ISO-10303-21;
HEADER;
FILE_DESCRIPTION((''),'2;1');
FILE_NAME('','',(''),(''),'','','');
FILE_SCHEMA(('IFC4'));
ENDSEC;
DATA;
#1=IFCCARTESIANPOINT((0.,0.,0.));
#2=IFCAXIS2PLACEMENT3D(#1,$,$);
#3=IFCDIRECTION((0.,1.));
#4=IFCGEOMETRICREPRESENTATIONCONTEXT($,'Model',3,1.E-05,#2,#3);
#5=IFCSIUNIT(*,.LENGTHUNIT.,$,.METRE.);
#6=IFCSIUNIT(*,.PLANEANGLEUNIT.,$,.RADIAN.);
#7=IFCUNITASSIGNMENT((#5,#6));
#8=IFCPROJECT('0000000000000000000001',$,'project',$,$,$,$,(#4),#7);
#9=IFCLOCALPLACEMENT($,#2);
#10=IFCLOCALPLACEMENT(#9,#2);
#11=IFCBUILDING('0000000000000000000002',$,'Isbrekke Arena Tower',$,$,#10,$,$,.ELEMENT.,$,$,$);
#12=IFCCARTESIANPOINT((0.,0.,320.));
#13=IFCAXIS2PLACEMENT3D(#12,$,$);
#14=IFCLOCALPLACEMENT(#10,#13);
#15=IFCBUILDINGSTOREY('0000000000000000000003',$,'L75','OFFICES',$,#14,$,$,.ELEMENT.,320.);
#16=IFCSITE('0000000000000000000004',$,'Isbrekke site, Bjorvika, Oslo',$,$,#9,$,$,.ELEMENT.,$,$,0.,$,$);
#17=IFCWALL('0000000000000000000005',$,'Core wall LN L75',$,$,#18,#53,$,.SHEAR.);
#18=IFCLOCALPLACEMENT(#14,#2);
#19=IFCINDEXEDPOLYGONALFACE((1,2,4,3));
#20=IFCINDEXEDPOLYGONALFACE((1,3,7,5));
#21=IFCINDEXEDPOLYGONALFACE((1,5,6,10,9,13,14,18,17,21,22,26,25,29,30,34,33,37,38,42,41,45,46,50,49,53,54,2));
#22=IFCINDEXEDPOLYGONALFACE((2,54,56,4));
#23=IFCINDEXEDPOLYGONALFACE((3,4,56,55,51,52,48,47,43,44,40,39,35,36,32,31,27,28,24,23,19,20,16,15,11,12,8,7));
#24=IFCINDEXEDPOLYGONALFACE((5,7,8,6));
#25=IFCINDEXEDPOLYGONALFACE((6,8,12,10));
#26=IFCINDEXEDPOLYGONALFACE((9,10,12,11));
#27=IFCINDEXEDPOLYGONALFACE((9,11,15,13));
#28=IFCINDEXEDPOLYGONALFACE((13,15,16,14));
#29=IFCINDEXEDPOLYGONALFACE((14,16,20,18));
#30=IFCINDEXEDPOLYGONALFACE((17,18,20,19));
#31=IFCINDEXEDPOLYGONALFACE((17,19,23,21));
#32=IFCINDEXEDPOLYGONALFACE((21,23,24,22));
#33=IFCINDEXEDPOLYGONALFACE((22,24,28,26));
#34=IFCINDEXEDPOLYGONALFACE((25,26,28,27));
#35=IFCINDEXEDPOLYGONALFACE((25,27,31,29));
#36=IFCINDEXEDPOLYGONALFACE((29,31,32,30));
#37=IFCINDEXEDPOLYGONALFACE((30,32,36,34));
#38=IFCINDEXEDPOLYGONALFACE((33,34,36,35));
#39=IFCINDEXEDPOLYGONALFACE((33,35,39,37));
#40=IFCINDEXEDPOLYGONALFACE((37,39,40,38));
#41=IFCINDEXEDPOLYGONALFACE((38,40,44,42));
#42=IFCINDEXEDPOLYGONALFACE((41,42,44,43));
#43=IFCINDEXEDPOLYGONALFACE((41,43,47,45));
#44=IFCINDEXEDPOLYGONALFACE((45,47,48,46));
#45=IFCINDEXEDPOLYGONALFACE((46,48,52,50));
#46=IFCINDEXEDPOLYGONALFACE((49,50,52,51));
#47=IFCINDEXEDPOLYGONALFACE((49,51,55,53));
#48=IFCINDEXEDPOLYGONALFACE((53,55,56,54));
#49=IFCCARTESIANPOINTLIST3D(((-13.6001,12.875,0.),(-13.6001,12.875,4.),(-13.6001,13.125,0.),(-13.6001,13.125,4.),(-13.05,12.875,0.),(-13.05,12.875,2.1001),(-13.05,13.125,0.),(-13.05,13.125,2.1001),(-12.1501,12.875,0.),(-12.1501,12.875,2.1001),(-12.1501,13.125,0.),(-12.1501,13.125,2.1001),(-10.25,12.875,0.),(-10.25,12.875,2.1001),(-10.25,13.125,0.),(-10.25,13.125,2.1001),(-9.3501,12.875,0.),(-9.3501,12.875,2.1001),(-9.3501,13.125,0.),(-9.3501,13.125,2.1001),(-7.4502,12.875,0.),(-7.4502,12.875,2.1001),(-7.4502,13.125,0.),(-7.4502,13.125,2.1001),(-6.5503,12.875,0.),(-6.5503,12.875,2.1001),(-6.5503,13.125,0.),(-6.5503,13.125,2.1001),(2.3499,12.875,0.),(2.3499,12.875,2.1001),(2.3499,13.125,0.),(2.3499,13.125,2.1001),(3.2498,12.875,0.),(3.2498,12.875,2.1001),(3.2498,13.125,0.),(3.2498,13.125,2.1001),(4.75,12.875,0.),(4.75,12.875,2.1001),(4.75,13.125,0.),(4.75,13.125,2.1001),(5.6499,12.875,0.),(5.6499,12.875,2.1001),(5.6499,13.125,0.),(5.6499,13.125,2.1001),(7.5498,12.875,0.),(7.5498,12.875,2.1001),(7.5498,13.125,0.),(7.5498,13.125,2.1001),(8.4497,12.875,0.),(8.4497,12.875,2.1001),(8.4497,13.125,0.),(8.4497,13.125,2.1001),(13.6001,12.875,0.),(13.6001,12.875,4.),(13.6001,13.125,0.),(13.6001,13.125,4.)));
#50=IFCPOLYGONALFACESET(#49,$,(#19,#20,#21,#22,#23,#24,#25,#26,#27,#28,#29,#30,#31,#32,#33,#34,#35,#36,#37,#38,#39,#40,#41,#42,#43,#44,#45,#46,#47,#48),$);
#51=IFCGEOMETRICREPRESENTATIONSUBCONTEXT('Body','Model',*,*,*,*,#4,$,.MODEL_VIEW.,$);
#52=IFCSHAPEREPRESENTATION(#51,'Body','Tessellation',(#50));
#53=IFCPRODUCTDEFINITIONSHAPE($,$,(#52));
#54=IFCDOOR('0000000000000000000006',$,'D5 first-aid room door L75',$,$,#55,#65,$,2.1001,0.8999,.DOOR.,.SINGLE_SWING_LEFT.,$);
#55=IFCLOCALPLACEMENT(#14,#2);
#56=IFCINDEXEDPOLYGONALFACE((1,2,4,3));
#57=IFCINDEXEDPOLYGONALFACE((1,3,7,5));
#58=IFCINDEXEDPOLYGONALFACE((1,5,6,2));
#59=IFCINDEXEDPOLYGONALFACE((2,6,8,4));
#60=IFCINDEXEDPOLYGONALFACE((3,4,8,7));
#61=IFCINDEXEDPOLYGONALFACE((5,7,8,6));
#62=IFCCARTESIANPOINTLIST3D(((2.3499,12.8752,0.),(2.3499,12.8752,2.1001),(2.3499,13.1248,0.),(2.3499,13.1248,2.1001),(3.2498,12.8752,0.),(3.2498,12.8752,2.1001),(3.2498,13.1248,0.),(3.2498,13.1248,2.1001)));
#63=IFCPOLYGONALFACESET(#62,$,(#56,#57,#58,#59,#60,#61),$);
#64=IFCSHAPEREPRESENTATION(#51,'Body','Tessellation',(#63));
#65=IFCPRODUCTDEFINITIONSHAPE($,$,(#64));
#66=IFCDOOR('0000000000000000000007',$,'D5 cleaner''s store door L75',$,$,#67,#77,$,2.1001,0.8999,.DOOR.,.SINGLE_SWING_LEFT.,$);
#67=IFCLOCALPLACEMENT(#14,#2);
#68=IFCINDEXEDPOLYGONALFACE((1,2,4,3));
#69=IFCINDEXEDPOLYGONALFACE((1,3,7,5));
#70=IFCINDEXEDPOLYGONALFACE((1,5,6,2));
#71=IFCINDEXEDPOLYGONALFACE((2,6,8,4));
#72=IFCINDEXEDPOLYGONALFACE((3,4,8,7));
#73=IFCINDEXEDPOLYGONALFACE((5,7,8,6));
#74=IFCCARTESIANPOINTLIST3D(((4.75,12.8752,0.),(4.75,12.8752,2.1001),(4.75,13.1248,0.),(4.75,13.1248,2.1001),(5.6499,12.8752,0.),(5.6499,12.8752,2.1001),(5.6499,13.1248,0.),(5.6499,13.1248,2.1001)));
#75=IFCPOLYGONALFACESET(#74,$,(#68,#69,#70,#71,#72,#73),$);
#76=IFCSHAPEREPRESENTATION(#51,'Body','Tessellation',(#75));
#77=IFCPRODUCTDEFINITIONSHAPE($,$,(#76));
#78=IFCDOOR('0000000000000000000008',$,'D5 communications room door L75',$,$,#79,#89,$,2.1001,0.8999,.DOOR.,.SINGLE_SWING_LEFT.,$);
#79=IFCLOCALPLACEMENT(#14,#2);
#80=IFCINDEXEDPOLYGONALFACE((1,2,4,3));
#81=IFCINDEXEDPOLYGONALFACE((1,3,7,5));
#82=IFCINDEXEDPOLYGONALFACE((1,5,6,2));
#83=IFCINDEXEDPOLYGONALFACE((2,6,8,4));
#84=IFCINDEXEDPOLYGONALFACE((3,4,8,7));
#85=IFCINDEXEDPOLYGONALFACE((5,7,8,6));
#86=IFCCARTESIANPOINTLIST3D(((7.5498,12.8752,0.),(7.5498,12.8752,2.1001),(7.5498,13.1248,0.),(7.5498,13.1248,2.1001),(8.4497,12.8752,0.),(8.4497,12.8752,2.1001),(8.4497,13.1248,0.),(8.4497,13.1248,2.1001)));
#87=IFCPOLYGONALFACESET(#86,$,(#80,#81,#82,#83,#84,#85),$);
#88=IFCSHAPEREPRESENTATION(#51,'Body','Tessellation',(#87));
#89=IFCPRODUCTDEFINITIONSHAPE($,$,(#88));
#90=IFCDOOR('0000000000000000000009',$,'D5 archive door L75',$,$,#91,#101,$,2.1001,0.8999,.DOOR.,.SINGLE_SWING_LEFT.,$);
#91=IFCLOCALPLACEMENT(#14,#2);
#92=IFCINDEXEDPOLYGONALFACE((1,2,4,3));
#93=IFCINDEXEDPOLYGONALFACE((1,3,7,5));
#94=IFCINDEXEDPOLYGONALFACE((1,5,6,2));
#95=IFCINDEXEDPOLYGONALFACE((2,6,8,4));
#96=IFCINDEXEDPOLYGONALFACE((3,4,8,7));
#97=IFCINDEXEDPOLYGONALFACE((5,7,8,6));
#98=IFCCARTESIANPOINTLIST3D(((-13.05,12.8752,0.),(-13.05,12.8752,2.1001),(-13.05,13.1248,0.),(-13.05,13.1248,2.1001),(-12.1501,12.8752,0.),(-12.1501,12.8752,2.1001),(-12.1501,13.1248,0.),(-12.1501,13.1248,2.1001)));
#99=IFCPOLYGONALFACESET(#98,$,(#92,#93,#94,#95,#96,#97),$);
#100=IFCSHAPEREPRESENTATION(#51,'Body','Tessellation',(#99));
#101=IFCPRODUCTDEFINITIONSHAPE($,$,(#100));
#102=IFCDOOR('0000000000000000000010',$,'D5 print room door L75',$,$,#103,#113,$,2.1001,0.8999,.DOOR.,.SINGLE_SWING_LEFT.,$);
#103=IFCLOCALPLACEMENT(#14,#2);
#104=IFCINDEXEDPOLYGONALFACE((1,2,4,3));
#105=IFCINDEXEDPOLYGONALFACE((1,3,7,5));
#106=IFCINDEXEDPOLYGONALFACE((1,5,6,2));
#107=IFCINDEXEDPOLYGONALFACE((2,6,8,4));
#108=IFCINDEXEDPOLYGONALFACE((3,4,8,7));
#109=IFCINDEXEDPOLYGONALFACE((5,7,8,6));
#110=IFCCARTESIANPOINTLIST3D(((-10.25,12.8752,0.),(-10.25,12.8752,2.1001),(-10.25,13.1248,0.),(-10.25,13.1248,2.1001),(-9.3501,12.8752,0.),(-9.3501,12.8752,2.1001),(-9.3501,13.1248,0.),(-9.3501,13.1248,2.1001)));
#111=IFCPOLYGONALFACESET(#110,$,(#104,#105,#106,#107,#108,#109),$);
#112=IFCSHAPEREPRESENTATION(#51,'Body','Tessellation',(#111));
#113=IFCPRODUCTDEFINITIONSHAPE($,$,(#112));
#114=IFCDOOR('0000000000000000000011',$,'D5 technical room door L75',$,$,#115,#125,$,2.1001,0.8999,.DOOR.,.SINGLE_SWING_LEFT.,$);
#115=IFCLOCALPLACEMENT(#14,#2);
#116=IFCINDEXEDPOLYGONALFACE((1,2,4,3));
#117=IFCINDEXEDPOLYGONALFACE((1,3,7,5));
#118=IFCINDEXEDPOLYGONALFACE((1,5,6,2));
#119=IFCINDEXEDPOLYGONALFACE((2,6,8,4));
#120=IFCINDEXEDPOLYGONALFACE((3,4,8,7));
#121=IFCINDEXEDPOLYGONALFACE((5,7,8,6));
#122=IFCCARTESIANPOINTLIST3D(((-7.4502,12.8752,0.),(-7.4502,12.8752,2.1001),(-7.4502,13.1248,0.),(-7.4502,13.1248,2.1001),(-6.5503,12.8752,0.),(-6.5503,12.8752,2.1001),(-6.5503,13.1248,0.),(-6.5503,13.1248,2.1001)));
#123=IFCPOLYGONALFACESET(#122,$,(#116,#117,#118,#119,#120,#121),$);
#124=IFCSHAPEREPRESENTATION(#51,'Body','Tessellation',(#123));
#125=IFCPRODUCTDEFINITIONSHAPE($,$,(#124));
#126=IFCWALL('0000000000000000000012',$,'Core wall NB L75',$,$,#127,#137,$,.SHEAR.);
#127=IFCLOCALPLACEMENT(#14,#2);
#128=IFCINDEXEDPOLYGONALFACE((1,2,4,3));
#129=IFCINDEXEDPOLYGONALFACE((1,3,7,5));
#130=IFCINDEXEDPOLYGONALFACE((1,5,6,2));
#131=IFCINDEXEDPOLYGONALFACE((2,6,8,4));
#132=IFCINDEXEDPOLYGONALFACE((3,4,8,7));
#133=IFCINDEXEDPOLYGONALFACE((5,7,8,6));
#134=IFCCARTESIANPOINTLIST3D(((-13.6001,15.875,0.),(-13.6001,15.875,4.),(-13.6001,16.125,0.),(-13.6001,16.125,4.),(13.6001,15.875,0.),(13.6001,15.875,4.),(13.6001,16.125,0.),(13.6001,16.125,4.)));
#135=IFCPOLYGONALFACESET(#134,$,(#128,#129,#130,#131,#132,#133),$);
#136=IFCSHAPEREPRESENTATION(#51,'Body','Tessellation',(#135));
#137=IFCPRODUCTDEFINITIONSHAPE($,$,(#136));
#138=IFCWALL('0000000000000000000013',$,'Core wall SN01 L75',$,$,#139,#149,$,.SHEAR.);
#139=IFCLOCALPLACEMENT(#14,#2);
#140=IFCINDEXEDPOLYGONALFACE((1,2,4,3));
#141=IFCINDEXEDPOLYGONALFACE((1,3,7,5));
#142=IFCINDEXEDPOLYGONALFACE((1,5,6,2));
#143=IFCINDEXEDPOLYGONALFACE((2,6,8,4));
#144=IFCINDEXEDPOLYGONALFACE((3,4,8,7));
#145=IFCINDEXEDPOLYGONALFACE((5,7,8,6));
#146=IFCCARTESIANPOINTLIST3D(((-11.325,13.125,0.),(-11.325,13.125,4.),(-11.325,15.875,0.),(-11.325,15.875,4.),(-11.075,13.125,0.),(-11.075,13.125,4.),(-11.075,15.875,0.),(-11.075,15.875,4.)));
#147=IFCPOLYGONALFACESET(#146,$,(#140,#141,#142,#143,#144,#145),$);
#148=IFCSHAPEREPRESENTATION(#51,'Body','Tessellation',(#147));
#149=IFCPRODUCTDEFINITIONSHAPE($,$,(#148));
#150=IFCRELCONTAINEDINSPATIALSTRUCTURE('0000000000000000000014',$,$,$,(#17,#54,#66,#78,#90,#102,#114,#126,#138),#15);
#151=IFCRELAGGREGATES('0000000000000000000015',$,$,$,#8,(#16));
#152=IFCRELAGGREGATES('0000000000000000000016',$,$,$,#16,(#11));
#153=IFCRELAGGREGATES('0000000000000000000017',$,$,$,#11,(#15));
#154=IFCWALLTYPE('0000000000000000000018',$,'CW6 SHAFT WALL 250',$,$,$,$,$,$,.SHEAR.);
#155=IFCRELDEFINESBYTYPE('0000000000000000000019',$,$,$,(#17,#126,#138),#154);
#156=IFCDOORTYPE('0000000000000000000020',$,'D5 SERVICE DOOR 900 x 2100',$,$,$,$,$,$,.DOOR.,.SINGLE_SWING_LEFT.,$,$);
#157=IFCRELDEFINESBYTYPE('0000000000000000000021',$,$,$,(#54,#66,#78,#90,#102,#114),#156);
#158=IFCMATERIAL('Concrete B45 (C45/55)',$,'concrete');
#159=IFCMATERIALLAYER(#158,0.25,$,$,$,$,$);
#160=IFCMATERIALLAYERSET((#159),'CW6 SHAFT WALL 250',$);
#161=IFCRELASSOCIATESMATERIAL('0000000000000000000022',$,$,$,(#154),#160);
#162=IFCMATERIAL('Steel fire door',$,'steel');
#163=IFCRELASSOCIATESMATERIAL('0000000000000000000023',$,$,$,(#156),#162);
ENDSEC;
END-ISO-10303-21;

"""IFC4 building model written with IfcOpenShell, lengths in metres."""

from ifc_helpers import new_model, si_unit, direction, frame, frame_2d, origin, place, context, subcontext, project, spatial, rectangle, extrude, material, layer, layer_set, type_object, element, fill, save


model = new_model("IFC4")

# Units and contexts
model_context = context("Model", 3, precision=1e-05, world=origin(), true_north=direction((0.0, 1.0)))
body_context = subcontext(model_context, "Body", "Model", "MODEL_VIEW")
ifc_project = project(units=[si_unit("LENGTHUNIT", "METRE"), si_unit("PLANEANGLEUNIT", "RADIAN")], contexts=[model_context])

# Site, building, storey
site_placement = place(None, origin())
site = spatial("IfcSite", under=ifc_project, at=site_placement, Name="Isbrekke site, Bjorvika, Oslo", CompositionType="ELEMENT", RefElevation=0.0)
building_placement = place(site_placement, origin())
building = spatial("IfcBuilding", under=site, at=building_placement, Name="Isbrekke Arena Tower", CompositionType="ELEMENT")
storey_placement = place(building_placement, frame((0.0, 0.0, 320.0)))
storey = spatial("IfcBuildingStorey", under=building, at=storey_placement, Name="L75", Description="OFFICES", CompositionType="ELEMENT", Elevation=320.0)

# Wall, openings, doors
ifc_material_1 = material(Name="Concrete B45 (C45/55)", Category="concrete")
ifc_layer_1 = layer(ifc_material_1, 0.25)
ifc_layer_set_1 = layer_set([ifc_layer_1], Name="CW6 SHAFT WALL 250")
wall_type_1 = type_object("IfcWallType", Name="CW6 SHAFT WALL 250", PredefinedType="SHEAR", material=ifc_layer_set_1)
wall_1_placement = place(storey_placement, frame((-13.6001, 13.0, 0.0), z_axis=(0.0, 0.0, 1.0), x_axis=(1.0, 0.0, 0.0)))
wall_1 = element("IfcWall", 1, at=wall_1_placement, inside=storey, type_object=wall_type_1, Name="Core wall LN L75", PredefinedType="SHEAR", context=body_context, shape_type="SweptSolid", body=[
    extrude(rectangle(XDim=27.2002, YDim=0.25, at=frame_2d((13.6001, 0.0))), origin(), (0.0, 0.0, 1.0), 4.0),
])
opening_1_placement = place(wall_1_placement, frame((15.95, 0.0, 0.0)))
opening_1 = element("IfcOpeningElement", 2, at=opening_1_placement, cuts=wall_1, PredefinedType="OPENING", context=body_context, shape_type="SweptSolid", body=[
    extrude(rectangle(XDim=0.8999, YDim=2.1001, at=frame_2d((0.45, 1.05))), frame((0.0, 0.1399, 0.0), z_axis=(0.0, -1.0, 0.0), x_axis=(1.0, 0.0, 0.0)), (0.0, 0.0, 1.0), 0.2798),
])
opening_2_placement = place(wall_1_placement, frame((18.3501, 0.0, 0.0)))
opening_2 = element("IfcOpeningElement", 3, at=opening_2_placement, cuts=wall_1, PredefinedType="OPENING", context=body_context, shape_type="SweptSolid", body=[
    extrude(rectangle(XDim=0.8999, YDim=2.1001, at=frame_2d((0.45, 1.05))), frame((0.0, 0.1399, 0.0), z_axis=(0.0, -1.0, 0.0), x_axis=(1.0, 0.0, 0.0)), (0.0, 0.0, 1.0), 0.2798),
])
opening_3_placement = place(wall_1_placement, frame((21.1499, 0.0, 0.0)))
opening_3 = element("IfcOpeningElement", 4, at=opening_3_placement, cuts=wall_1, PredefinedType="OPENING", context=body_context, shape_type="SweptSolid", body=[
    extrude(rectangle(XDim=0.8999, YDim=2.1001, at=frame_2d((0.45, 1.05))), frame((0.0, 0.1399, 0.0), z_axis=(0.0, -1.0, 0.0), x_axis=(1.0, 0.0, 0.0)), (0.0, 0.0, 1.0), 0.2798),
])
opening_4_placement = place(wall_1_placement, frame((0.55, 0.0, 0.0)))
opening_4 = element("IfcOpeningElement", 5, at=opening_4_placement, cuts=wall_1, PredefinedType="OPENING", context=body_context, shape_type="SweptSolid", body=[
    extrude(rectangle(XDim=0.8999, YDim=2.1001, at=frame_2d((0.45, 1.05))), frame((0.0, 0.1399, 0.0), z_axis=(0.0, -1.0, 0.0), x_axis=(1.0, 0.0, 0.0)), (0.0, 0.0, 1.0), 0.2798),
])
opening_5_placement = place(wall_1_placement, frame((3.3501, 0.0, 0.0)))
opening_5 = element("IfcOpeningElement", 6, at=opening_5_placement, cuts=wall_1, PredefinedType="OPENING", context=body_context, shape_type="SweptSolid", body=[
    extrude(rectangle(XDim=0.8999, YDim=2.1001, at=frame_2d((0.45, 1.05))), frame((0.0, 0.1399, 0.0), z_axis=(0.0, -1.0, 0.0), x_axis=(1.0, 0.0, 0.0)), (0.0, 0.0, 1.0), 0.2798),
])
opening_6_placement = place(wall_1_placement, frame((6.1499, 0.0, 0.0)))
opening_6 = element("IfcOpeningElement", 7, at=opening_6_placement, cuts=wall_1, PredefinedType="OPENING", context=body_context, shape_type="SweptSolid", body=[
    extrude(rectangle(XDim=0.8999, YDim=2.1001, at=frame_2d((0.45, 1.05))), frame((0.0, 0.1399, 0.0), z_axis=(0.0, -1.0, 0.0), x_axis=(1.0, 0.0, 0.0)), (0.0, 0.0, 1.0), 0.2798),
])
ifc_material_2 = material(Name="Steel fire door", Category="steel")
door_type_1 = type_object("IfcDoorType", Name="D5 SERVICE DOOR 900 x 2100", OperationType="SINGLE_SWING_LEFT", PredefinedType="DOOR", material=ifc_material_2)
door_1_placement = place(opening_1_placement, origin())
door_1 = element("IfcDoor", 8, at=door_1_placement, inside=storey, type_object=door_type_1, Name="D5 first-aid room door L75", OperationType="SINGLE_SWING_LEFT", OverallHeight=2.1001, OverallWidth=0.8999, PredefinedType="DOOR", context=body_context, shape_type="SweptSolid", body=[
    extrude(rectangle(XDim=0.8999, YDim=2.1001, at=frame_2d((0.45, 1.05))), frame((0.0, 0.1248, 0.0), z_axis=(0.0, -1.0, 0.0), x_axis=(1.0, 0.0, 0.0)), (0.0, 0.0, 1.0), 0.2495),
])
fill(opening_1, door_1)
door_2_placement = place(opening_2_placement, origin())
door_2 = element("IfcDoor", 9, at=door_2_placement, inside=storey, type_object=door_type_1, Name="D5 cleaner's store door L75", OperationType="SINGLE_SWING_LEFT", OverallHeight=2.1001, OverallWidth=0.8999, PredefinedType="DOOR", context=body_context, shape_type="SweptSolid", body=[
    extrude(rectangle(XDim=0.8999, YDim=2.1001, at=frame_2d((0.45, 1.05))), frame((0.0, 0.1248, 0.0), z_axis=(0.0, -1.0, 0.0), x_axis=(1.0, 0.0, 0.0)), (0.0, 0.0, 1.0), 0.2495),
])
fill(opening_2, door_2)
door_3_placement = place(opening_3_placement, origin())
door_3 = element("IfcDoor", 10, at=door_3_placement, inside=storey, type_object=door_type_1, Name="D5 communications room door L75", OperationType="SINGLE_SWING_LEFT", OverallHeight=2.1001, OverallWidth=0.8999, PredefinedType="DOOR", context=body_context, shape_type="SweptSolid", body=[
    extrude(rectangle(XDim=0.8999, YDim=2.1001, at=frame_2d((0.45, 1.05))), frame((0.0, 0.1248, 0.0), z_axis=(0.0, -1.0, 0.0), x_axis=(1.0, 0.0, 0.0)), (0.0, 0.0, 1.0), 0.2495),
])
fill(opening_3, door_3)
door_4_placement = place(opening_4_placement, origin())
door_4 = element("IfcDoor", 11, at=door_4_placement, inside=storey, type_object=door_type_1, Name="D5 archive door L75", OperationType="SINGLE_SWING_LEFT", OverallHeight=2.1001, OverallWidth=0.8999, PredefinedType="DOOR", context=body_context, shape_type="SweptSolid", body=[
    extrude(rectangle(XDim=0.8999, YDim=2.1001, at=frame_2d((0.45, 1.05))), frame((0.0, 0.1248, 0.0), z_axis=(0.0, -1.0, 0.0), x_axis=(1.0, 0.0, 0.0)), (0.0, 0.0, 1.0), 0.2495),
])
fill(opening_4, door_4)
door_5_placement = place(opening_5_placement, origin())
door_5 = element("IfcDoor", 12, at=door_5_placement, inside=storey, type_object=door_type_1, Name="D5 print room door L75", OperationType="SINGLE_SWING_LEFT", OverallHeight=2.1001, OverallWidth=0.8999, PredefinedType="DOOR", context=body_context, shape_type="SweptSolid", body=[
    extrude(rectangle(XDim=0.8999, YDim=2.1001, at=frame_2d((0.45, 1.05))), frame((0.0, 0.1248, 0.0), z_axis=(0.0, -1.0, 0.0), x_axis=(1.0, 0.0, 0.0)), (0.0, 0.0, 1.0), 0.2495),
])
fill(opening_5, door_5)
door_6_placement = place(opening_6_placement, origin())
door_6 = element("IfcDoor", 13, at=door_6_placement, inside=storey, type_object=door_type_1, Name="D5 technical room door L75", OperationType="SINGLE_SWING_LEFT", OverallHeight=2.1001, OverallWidth=0.8999, PredefinedType="DOOR", context=body_context, shape_type="SweptSolid", body=[
    extrude(rectangle(XDim=0.8999, YDim=2.1001, at=frame_2d((0.45, 1.05))), frame((0.0, 0.1248, 0.0), z_axis=(0.0, -1.0, 0.0), x_axis=(1.0, 0.0, 0.0)), (0.0, 0.0, 1.0), 0.2495),
])
fill(opening_6, door_6)

# Walls
wall_2_placement = place(storey_placement, frame((-13.6001, 16.0, 0.0), z_axis=(0.0, 0.0, 1.0), x_axis=(1.0, 0.0, 0.0)))
element("IfcWall", 14, at=wall_2_placement, inside=storey, type_object=wall_type_1, Name="Core wall NB L75", PredefinedType="SHEAR", context=body_context, shape_type="SweptSolid", body=[
    extrude(rectangle(XDim=27.2002, YDim=0.25, at=frame_2d((13.6001, 0.0))), origin(), (0.0, 0.0, 1.0), 4.0),
])
wall_3_placement = place(storey_placement, frame((-11.2, 13.125, 0.0), z_axis=(0.0, 0.0, 1.0), x_axis=(0.0, 1.0, 0.0)))
element("IfcWall", 15, at=wall_3_placement, inside=storey, type_object=wall_type_1, Name="Core wall SN01 L75", PredefinedType="SHEAR", context=body_context, shape_type="SweptSolid", body=[
    extrude(rectangle(XDim=2.75, YDim=0.25, at=frame_2d((1.375, 0.0))), origin(), (0.0, 0.0, 1.0), 4.0),
])

save(model, "model.ifc")
